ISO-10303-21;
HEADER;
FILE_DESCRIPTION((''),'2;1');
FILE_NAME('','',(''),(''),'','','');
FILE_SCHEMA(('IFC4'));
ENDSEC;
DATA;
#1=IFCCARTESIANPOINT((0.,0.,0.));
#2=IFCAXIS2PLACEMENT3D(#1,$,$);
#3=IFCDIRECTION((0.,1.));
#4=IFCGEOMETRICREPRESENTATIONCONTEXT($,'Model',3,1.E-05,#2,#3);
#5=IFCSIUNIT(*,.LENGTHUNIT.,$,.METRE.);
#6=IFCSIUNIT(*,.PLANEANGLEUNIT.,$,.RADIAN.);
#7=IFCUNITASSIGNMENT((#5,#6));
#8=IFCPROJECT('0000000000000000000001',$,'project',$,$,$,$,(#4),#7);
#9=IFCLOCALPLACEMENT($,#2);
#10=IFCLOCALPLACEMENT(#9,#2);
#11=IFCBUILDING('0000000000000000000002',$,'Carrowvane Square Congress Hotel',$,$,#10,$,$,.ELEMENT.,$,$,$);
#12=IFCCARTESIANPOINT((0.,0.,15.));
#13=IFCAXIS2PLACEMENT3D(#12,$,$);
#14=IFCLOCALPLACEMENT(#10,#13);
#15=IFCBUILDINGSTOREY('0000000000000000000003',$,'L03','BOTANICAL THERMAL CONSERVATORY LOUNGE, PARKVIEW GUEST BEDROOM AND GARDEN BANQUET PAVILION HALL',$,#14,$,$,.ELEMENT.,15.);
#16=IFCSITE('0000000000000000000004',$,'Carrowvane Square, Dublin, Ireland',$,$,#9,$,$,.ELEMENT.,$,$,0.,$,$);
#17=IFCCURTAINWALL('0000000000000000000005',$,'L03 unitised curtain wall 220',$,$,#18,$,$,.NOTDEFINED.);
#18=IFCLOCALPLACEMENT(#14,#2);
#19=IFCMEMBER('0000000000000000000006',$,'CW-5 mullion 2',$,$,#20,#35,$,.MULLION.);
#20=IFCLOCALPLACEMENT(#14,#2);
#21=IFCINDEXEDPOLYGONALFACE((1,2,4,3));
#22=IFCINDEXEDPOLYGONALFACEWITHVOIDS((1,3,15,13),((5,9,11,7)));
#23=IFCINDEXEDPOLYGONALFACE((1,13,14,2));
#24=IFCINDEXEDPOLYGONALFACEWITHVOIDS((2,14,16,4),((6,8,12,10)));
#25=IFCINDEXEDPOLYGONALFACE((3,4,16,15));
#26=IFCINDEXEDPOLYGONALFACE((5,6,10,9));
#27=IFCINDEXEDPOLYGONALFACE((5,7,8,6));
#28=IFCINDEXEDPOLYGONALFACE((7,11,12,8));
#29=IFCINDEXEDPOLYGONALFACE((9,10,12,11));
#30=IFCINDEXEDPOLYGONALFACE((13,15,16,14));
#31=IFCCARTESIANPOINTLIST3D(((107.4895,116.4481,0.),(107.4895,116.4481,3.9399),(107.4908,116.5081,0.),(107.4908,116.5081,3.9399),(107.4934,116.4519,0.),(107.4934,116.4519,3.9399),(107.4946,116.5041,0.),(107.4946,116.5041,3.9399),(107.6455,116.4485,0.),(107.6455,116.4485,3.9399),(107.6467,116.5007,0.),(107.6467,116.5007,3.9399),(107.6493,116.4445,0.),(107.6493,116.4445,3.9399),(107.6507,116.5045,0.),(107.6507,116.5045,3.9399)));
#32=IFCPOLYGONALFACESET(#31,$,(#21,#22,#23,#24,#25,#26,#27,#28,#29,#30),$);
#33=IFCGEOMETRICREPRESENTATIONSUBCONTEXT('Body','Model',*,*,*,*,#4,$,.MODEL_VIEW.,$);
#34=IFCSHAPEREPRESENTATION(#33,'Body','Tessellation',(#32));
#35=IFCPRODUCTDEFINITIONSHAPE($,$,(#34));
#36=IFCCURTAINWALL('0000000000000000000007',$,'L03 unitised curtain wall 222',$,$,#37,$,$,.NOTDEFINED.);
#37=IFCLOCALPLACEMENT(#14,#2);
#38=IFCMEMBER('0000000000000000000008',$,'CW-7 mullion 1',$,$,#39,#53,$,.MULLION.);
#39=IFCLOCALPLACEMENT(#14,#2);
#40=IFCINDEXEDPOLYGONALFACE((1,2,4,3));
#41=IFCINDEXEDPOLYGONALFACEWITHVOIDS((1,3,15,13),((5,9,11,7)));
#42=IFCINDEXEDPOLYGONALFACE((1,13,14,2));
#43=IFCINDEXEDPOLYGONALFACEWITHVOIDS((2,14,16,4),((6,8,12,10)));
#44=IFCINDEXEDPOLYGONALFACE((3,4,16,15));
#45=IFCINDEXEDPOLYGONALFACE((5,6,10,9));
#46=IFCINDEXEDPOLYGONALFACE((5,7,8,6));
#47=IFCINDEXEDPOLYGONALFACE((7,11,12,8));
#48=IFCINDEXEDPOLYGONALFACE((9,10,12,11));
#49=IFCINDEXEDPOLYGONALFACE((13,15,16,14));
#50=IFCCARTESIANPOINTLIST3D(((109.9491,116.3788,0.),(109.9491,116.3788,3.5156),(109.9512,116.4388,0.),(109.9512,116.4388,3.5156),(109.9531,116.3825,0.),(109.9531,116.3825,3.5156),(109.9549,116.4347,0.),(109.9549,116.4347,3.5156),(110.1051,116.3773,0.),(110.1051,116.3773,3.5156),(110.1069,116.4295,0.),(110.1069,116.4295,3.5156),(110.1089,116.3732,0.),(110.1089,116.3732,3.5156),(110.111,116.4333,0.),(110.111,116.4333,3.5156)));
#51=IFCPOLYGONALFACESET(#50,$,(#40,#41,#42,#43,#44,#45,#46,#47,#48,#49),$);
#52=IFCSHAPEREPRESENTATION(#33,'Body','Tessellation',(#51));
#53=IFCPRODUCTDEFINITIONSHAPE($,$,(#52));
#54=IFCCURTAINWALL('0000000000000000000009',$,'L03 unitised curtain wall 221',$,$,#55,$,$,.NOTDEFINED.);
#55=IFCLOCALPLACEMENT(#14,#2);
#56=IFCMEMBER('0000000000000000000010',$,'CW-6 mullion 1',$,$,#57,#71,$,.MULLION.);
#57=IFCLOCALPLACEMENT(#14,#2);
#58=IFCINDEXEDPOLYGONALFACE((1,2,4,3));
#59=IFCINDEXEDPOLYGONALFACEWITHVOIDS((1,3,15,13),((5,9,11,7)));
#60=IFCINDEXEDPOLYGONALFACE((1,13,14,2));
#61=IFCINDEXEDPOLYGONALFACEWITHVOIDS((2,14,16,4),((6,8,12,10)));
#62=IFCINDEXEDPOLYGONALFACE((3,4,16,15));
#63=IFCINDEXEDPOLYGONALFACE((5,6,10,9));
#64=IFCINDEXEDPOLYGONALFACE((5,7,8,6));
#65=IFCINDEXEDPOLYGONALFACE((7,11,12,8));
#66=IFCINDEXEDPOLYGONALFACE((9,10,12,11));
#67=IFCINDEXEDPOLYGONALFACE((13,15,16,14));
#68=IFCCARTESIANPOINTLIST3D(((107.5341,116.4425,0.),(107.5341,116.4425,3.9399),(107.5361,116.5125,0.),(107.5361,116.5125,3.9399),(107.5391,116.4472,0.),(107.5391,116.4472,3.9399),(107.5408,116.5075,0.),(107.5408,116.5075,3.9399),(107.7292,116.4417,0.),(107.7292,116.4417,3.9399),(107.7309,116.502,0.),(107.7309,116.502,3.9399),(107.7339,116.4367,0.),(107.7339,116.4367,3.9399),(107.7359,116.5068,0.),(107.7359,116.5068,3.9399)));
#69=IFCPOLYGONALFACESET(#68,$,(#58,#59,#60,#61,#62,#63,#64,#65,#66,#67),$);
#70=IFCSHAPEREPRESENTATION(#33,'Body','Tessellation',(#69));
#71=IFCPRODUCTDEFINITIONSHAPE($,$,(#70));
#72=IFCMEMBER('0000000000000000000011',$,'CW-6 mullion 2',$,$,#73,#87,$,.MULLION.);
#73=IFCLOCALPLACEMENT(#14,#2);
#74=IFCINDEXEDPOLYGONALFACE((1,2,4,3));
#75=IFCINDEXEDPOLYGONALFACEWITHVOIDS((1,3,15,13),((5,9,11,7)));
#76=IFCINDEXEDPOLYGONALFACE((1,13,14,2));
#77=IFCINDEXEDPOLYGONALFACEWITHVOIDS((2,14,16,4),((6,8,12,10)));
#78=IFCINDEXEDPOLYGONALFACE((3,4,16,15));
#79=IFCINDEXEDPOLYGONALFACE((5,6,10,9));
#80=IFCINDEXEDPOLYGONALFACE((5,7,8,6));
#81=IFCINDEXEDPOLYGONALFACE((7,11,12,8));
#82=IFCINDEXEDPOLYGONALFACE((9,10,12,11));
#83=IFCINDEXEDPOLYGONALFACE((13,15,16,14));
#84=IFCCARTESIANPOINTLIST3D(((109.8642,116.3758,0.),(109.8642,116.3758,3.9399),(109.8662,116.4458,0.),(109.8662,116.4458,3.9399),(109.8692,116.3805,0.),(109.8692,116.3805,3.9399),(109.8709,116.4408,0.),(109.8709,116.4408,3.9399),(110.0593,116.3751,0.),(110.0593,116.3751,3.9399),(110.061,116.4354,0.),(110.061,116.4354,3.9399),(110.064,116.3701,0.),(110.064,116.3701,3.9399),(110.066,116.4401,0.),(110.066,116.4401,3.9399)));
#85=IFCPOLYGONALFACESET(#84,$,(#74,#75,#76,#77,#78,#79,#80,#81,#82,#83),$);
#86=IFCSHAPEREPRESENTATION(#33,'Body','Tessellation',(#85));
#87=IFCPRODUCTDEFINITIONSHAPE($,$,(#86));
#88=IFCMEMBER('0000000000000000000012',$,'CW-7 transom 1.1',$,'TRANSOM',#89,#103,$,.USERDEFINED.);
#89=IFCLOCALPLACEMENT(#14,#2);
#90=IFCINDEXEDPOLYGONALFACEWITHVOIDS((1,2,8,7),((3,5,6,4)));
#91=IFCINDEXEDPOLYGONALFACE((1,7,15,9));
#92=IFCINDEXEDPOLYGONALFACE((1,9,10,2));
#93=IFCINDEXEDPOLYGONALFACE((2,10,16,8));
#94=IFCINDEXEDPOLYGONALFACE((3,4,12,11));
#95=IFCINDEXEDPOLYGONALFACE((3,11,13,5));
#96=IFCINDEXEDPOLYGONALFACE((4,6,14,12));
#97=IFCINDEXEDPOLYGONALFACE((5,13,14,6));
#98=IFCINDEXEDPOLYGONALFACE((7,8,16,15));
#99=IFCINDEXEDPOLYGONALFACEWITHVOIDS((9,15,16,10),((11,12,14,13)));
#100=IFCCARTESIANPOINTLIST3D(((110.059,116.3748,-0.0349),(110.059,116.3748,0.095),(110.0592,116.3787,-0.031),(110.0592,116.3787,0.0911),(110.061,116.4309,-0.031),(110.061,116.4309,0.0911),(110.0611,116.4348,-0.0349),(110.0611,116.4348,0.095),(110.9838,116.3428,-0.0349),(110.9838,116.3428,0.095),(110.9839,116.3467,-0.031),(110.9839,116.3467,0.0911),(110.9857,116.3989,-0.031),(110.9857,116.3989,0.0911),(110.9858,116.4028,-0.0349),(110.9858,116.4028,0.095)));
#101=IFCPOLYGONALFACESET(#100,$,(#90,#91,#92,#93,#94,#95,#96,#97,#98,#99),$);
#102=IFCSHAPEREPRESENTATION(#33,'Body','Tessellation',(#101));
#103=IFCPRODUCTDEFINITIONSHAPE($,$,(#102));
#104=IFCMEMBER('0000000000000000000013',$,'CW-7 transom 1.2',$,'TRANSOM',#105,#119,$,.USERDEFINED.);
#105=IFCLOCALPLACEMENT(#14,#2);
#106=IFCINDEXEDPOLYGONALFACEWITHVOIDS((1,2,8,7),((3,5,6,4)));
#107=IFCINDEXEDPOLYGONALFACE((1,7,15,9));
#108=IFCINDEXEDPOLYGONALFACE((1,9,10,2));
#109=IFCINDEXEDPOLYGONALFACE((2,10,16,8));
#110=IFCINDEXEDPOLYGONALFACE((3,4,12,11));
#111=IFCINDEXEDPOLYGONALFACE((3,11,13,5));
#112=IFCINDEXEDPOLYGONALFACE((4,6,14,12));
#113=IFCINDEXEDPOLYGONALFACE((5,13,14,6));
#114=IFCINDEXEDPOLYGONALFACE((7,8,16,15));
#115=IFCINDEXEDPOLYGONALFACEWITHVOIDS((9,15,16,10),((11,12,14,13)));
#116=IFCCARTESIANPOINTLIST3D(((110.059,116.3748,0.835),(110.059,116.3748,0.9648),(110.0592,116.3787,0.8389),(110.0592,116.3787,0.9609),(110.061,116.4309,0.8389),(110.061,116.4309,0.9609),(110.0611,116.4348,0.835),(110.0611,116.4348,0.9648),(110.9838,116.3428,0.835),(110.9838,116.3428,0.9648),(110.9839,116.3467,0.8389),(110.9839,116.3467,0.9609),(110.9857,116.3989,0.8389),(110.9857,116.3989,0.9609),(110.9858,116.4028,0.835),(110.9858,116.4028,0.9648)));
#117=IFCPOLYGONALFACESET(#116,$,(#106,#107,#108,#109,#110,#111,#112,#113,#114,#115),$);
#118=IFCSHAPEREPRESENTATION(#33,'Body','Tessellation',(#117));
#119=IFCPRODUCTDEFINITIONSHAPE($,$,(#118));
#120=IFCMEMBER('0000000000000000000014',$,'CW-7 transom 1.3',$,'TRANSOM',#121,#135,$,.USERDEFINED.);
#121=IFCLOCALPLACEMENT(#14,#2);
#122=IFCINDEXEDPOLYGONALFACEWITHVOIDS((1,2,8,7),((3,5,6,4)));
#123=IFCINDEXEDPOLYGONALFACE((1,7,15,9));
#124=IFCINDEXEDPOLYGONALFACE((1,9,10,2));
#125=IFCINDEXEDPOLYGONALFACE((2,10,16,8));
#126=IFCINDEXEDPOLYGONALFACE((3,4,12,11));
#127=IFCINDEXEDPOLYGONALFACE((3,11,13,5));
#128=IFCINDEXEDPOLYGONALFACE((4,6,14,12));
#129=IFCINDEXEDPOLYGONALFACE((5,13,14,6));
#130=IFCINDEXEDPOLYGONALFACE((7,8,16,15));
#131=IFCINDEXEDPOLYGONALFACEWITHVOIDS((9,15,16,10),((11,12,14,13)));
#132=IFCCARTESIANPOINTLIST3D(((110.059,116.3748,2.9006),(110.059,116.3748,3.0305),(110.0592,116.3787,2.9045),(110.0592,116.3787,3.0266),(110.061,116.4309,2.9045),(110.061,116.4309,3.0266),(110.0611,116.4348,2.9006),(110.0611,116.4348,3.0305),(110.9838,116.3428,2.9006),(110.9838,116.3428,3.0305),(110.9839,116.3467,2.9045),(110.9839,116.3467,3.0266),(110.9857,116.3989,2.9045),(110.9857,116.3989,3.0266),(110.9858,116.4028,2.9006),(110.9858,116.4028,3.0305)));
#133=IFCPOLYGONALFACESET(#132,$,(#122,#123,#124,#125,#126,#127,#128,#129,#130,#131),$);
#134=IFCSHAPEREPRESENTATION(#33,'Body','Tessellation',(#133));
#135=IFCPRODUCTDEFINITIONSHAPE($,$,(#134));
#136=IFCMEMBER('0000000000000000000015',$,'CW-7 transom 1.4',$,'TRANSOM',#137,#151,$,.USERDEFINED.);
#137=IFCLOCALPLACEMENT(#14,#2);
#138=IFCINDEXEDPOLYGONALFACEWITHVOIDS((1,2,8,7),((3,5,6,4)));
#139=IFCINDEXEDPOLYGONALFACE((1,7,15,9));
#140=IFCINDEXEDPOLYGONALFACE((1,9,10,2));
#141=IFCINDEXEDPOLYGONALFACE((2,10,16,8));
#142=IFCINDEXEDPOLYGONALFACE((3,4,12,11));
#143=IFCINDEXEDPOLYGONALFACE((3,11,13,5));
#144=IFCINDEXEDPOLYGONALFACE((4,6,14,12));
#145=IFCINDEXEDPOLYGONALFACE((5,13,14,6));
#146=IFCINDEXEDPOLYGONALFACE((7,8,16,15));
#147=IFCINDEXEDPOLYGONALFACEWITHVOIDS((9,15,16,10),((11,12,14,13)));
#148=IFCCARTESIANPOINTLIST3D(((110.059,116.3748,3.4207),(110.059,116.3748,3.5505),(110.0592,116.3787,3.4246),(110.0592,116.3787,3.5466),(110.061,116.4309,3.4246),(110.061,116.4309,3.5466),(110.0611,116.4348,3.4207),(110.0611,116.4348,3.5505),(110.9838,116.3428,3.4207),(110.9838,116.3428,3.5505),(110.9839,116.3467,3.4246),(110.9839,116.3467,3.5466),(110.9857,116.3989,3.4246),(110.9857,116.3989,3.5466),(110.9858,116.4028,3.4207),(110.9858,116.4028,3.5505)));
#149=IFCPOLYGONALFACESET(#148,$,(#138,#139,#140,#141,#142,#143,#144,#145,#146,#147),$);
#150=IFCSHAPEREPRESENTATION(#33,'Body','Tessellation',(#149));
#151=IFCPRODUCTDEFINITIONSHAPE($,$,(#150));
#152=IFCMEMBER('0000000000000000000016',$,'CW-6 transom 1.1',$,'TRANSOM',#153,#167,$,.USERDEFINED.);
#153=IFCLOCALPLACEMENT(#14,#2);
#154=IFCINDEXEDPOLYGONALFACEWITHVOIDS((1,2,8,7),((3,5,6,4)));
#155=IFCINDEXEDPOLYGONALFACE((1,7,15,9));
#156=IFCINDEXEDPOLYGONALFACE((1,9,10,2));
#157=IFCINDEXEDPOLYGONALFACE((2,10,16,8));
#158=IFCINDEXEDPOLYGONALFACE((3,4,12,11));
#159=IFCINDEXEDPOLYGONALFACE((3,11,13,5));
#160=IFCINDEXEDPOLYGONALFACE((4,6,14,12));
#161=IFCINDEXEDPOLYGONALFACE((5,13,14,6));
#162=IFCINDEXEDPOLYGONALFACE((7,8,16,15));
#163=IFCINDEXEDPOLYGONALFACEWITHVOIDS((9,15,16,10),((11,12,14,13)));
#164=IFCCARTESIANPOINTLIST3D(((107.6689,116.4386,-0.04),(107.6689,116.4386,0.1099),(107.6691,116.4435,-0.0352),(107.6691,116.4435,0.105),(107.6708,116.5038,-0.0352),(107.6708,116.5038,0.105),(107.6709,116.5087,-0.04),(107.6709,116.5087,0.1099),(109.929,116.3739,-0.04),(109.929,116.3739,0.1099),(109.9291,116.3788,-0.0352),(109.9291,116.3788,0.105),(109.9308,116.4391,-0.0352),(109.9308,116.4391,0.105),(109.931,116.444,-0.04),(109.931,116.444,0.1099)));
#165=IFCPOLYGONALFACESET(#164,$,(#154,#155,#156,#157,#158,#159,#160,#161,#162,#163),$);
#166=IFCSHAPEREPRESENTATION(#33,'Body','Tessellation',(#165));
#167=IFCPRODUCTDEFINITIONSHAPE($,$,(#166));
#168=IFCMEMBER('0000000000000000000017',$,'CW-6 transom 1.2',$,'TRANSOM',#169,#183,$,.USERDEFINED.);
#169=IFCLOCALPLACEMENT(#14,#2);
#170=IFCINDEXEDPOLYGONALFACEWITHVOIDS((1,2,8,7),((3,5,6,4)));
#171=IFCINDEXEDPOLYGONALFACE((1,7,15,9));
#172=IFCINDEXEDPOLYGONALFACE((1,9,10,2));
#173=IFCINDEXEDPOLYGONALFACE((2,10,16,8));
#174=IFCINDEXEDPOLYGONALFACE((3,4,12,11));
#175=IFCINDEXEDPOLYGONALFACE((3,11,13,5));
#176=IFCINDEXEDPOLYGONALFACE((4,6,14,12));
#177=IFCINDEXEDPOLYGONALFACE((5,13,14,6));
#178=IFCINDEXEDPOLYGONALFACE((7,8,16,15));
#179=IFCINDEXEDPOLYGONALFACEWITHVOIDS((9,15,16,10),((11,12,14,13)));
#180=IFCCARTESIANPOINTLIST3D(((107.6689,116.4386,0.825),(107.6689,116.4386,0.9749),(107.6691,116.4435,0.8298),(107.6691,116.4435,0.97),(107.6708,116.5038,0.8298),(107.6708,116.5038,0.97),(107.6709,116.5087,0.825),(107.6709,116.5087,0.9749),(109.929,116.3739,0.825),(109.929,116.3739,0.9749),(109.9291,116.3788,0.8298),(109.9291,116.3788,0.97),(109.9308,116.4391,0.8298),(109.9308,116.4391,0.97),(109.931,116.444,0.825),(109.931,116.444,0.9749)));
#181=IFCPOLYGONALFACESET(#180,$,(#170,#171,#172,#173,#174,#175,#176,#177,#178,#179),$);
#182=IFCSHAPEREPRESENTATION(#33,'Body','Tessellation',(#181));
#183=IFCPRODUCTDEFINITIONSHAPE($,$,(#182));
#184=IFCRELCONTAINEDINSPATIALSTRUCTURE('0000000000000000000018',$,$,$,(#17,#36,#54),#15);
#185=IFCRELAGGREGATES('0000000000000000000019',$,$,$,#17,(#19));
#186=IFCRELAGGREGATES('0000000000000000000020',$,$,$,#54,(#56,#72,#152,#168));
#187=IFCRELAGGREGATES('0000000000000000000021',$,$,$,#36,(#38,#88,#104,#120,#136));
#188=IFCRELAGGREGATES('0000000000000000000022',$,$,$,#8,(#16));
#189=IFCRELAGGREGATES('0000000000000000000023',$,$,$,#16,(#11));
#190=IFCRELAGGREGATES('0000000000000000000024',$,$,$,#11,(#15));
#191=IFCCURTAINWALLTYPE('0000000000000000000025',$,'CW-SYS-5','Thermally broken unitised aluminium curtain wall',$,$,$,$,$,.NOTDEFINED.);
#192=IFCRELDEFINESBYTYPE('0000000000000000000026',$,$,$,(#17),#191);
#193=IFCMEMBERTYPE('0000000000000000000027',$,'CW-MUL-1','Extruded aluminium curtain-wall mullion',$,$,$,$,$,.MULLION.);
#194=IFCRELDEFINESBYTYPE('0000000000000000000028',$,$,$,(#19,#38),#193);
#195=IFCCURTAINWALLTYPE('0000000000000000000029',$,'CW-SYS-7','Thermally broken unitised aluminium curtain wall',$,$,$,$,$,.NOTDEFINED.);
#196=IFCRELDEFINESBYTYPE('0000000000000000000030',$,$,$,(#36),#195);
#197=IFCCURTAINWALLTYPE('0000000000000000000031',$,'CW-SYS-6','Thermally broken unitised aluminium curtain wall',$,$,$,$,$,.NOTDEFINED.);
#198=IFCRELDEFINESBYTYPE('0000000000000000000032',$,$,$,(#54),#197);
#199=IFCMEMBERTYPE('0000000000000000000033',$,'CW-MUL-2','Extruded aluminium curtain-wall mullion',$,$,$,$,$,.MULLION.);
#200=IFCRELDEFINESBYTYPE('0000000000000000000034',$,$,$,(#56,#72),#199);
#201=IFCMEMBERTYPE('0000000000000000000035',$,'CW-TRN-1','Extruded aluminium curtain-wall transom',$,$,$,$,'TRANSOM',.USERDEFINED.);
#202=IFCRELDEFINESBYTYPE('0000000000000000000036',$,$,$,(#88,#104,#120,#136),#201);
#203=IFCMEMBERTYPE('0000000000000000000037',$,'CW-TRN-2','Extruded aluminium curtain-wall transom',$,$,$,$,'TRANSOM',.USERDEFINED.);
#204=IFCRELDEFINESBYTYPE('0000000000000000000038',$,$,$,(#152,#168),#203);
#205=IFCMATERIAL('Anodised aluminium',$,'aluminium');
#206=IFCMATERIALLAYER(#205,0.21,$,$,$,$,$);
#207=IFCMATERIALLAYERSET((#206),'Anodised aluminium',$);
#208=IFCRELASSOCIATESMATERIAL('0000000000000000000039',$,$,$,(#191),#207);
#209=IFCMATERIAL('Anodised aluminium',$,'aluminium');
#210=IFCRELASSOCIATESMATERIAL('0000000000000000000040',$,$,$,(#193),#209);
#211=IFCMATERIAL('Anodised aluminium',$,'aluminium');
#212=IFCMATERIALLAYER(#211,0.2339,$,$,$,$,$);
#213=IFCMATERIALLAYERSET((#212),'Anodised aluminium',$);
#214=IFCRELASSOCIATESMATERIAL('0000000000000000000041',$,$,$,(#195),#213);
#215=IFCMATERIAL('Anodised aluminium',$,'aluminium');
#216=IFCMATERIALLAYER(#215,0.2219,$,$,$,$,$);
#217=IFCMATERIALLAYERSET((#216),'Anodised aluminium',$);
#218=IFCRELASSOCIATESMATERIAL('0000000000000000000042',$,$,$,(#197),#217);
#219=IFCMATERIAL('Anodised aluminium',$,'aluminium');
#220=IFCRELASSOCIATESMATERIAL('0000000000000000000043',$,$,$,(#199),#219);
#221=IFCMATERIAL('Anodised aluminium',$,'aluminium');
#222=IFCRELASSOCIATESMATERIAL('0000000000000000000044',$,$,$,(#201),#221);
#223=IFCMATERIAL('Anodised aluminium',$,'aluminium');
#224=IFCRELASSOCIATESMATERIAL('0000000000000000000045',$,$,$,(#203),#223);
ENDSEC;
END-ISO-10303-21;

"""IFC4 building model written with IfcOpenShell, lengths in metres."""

from ifc_helpers import new_model, si_unit, direction, frame, origin, origin_2d, place, context, subcontext, project, spatial, hollow_rectangle, extrude, material, layer, layer_set, material_profile, profile_set, type_object, element, aggregate, save


model = new_model("IFC4")

# Units and contexts
model_context = context("Model", 3, precision=1e-05, world=origin(), true_north=direction((0.0, 1.0)))
body_context = subcontext(model_context, "Body", "Model", "MODEL_VIEW")
ifc_project = project(units=[si_unit("LENGTHUNIT", "METRE"), si_unit("PLANEANGLEUNIT", "RADIAN")], contexts=[model_context])

# Site, building, storey
site_placement = place(None, origin())
site = spatial("IfcSite", under=ifc_project, at=site_placement, Name="Carrowvane Square, Dublin, Ireland", CompositionType="ELEMENT", RefElevation=0.0)
building_placement = place(site_placement, origin())
building = spatial("IfcBuilding", under=site, at=building_placement, Name="Carrowvane Square Congress Hotel", CompositionType="ELEMENT")
storey_placement = place(building_placement, frame((0.0, 0.0, 15.0)))
storey = spatial("IfcBuildingStorey", under=building, at=storey_placement, Name="L03", Description="BOTANICAL THERMAL CONSERVATORY LOUNGE, PARKVIEW GUEST BEDROOM AND GARDEN BANQUET PAVILION HALL", CompositionType="ELEMENT", Elevation=15.0)

# Curtain walls, members
ifc_material_1 = material(Name="Anodised aluminium", Category="aluminium")
ifc_layer_1 = layer(ifc_material_1, 0.21)
ifc_layer_set_1 = layer_set([ifc_layer_1], Name="Anodised aluminium")
curtain_wall_type_1 = type_object("IfcCurtainWallType", Name="CW-SYS-5", Description="Thermally broken unitised aluminium curtain wall", PredefinedType="NOTDEFINED", material=ifc_layer_set_1)
curtain_wall_1_placement = place(storey_placement, origin())
curtain_wall_1 = element("IfcCurtainWall", 1, at=curtain_wall_1_placement, inside=storey, type_object=curtain_wall_type_1, Name="L03 unitised curtain wall 220", PredefinedType="NOTDEFINED")
ifc_material_2 = material(Name="Anodised aluminium", Category="aluminium")
ifc_material_profile_1 = material_profile(ifc_material_2, hollow_rectangle(XDim=0.0601, YDim=0.1599, WallThickness=0.0039, at=origin_2d()), Name="CW-ML 60x160x4")
ifc_profile_set_1 = profile_set([ifc_material_profile_1], Name="Anodised aluminium")
member_type_1 = type_object("IfcMemberType", Name="CW-MUL-1", Description="Extruded aluminium curtain-wall mullion", PredefinedType="MULLION", material=ifc_profile_set_1)
member_1_placement = place(storey_placement, frame((107.5701, 116.4763, 0.0), z_axis=(0.0, 0.0, 1.0), x_axis=(0.022518, 0.999746, 0.0)))
member_1 = element("IfcMember", 2, at=member_1_placement, type_object=member_type_1, Name="CW-5 mullion 2", PredefinedType="MULLION", context=body_context, shape_type="SweptSolid", body=[
    extrude(hollow_rectangle(XDim=0.0601, YDim=0.1599, WallThickness=0.0039, at=origin_2d()), origin(), (0.0, 0.0, 1.0), 3.9399),
])
ifc_material_3 = material(Name="Anodised aluminium", Category="aluminium")
ifc_layer_2 = layer(ifc_material_3, 0.2339)
ifc_layer_set_2 = layer_set([ifc_layer_2], Name="Anodised aluminium")
curtain_wall_type_2 = type_object("IfcCurtainWallType", Name="CW-SYS-7", Description="Thermally broken unitised aluminium curtain wall", PredefinedType="NOTDEFINED", material=ifc_layer_set_2)
curtain_wall_2_placement = place(storey_placement, origin())
curtain_wall_2 = element("IfcCurtainWall", 3, at=curtain_wall_2_placement, inside=storey, type_object=curtain_wall_type_2, Name="L03 unitised curtain wall 222", PredefinedType="NOTDEFINED")
member_2_placement = place(storey_placement, frame((110.03, 116.406, 0.0), z_axis=(0.0, 0.0, 1.0), x_axis=(0.03453, 0.999404, 0.0)))
member_2 = element("IfcMember", 4, at=member_2_placement, type_object=member_type_1, Name="CW-7 mullion 1", PredefinedType="MULLION", context=body_context, shape_type="SweptSolid", body=[
    extrude(hollow_rectangle(XDim=0.0601, YDim=0.1599, WallThickness=0.0039, at=origin_2d()), origin(), (0.0, 0.0, 1.0), 3.5156),
])

# Curtain wall, members
ifc_material_4 = material(Name="Anodised aluminium", Category="aluminium")
ifc_layer_3 = layer(ifc_material_4, 0.2219)
ifc_layer_set_3 = layer_set([ifc_layer_3], Name="Anodised aluminium")
curtain_wall_type_3 = type_object("IfcCurtainWallType", Name="CW-SYS-6", Description="Thermally broken unitised aluminium curtain wall", PredefinedType="NOTDEFINED", material=ifc_layer_set_3)
curtain_wall_3_placement = place(storey_placement, origin())
curtain_wall_3 = element("IfcCurtainWall", 5, at=curtain_wall_3_placement, inside=storey, type_object=curtain_wall_type_3, Name="L03 unitised curtain wall 221", PredefinedType="NOTDEFINED")
ifc_material_5 = material(Name="Anodised aluminium", Category="aluminium")
ifc_material_profile_2 = material_profile(ifc_material_5, hollow_rectangle(XDim=0.0701, YDim=0.2, WallThickness=0.0049, at=origin_2d()), Name="CW-ML 70x200x5")
ifc_profile_set_2 = profile_set([ifc_material_profile_2], Name="Anodised aluminium")
member_type_2 = type_object("IfcMemberType", Name="CW-MUL-2", Description="Extruded aluminium curtain-wall mullion", PredefinedType="MULLION", material=ifc_profile_set_2)
member_3_placement = place(storey_placement, frame((107.635, 116.4746, 0.0), z_axis=(0.0, 0.0, 1.0), x_axis=(0.028638, 0.99959, 0.0)))
member_3 = element("IfcMember", 6, at=member_3_placement, type_object=member_type_2, Name="CW-6 mullion 1", PredefinedType="MULLION", context=body_context, shape_type="SweptSolid", body=[
    extrude(hollow_rectangle(XDim=0.0701, YDim=0.2, WallThickness=0.0049, at=origin_2d()), origin(), (0.0, 0.0, 1.0), 3.9399),
])
member_4_placement = place(storey_placement, frame((109.9651, 116.408, 0.0), z_axis=(0.0, 0.0, 1.0), x_axis=(0.028638, 0.99959, 0.0)))
member_4 = element("IfcMember", 7, at=member_4_placement, type_object=member_type_2, Name="CW-6 mullion 2", PredefinedType="MULLION", context=body_context, shape_type="SweptSolid", body=[
    extrude(hollow_rectangle(XDim=0.0701, YDim=0.2, WallThickness=0.0049, at=origin_2d()), origin(), (0.0, 0.0, 1.0), 3.9399),
])

# Members
ifc_material_6 = material(Name="Anodised aluminium", Category="aluminium")
ifc_material_profile_3 = material_profile(ifc_material_6, hollow_rectangle(XDim=0.0601, YDim=0.1299, WallThickness=0.0039, at=origin_2d()), Name="CW-TR 60x130x4")
ifc_profile_set_3 = profile_set([ifc_material_profile_3], Name="Anodised aluminium")
member_type_3 = type_object("IfcMemberType", Name="CW-TRN-1", Description="Extruded aluminium curtain-wall transom", ElementType="TRANSOM", PredefinedType="USERDEFINED", material=ifc_profile_set_3)
member_5_placement = place(storey_placement, frame((110.0601, 116.4048, 0.03), z_axis=(0.999403, -0.034562, 0.0), x_axis=(0.034562, 0.999403, 0.0)))
member_5 = element("IfcMember", 8, at=member_5_placement, type_object=member_type_3, Name="CW-7 transom 1.1", ObjectType="TRANSOM", PredefinedType="USERDEFINED", context=body_context, shape_type="SweptSolid", body=[
    extrude(hollow_rectangle(XDim=0.0601, YDim=0.1299, WallThickness=0.0039, at=origin_2d()), origin(), (0.0, 0.0, 1.0), 0.9253),
])
member_6_placement = place(storey_placement, frame((110.0601, 116.4048, 0.8999), z_axis=(0.999403, -0.034562, 0.0), x_axis=(0.034562, 0.999403, 0.0)))
member_6 = element("IfcMember", 9, at=member_6_placement, type_object=member_type_3, Name="CW-7 transom 1.2", ObjectType="TRANSOM", PredefinedType="USERDEFINED", context=body_context, shape_type="SweptSolid", body=[
    extrude(hollow_rectangle(XDim=0.0601, YDim=0.1299, WallThickness=0.0039, at=origin_2d()), origin(), (0.0, 0.0, 1.0), 0.9253),
])
member_7_placement = place(storey_placement, frame((110.0601, 116.4048, 2.9656), z_axis=(0.999403, -0.034562, 0.0), x_axis=(0.034562, 0.999403, 0.0)))
member_7 = element("IfcMember", 10, at=member_7_placement, type_object=member_type_3, Name="CW-7 transom 1.3", ObjectType="TRANSOM", PredefinedType="USERDEFINED", context=body_context, shape_type="SweptSolid", body=[
    extrude(hollow_rectangle(XDim=0.0601, YDim=0.1299, WallThickness=0.0039, at=origin_2d()), origin(), (0.0, 0.0, 1.0), 0.9253),
])
member_8_placement = place(storey_placement, frame((110.0601, 116.4048, 3.4856), z_axis=(0.999403, -0.034562, 0.0), x_axis=(0.034562, 0.999403, 0.0)))
member_8 = element("IfcMember", 11, at=member_8_placement, type_object=member_type_3, Name="CW-7 transom 1.4", ObjectType="TRANSOM", PredefinedType="USERDEFINED", context=body_context, shape_type="SweptSolid", body=[
    extrude(hollow_rectangle(XDim=0.0601, YDim=0.1299, WallThickness=0.0039, at=origin_2d()), origin(), (0.0, 0.0, 1.0), 0.9253),
])
ifc_material_7 = material(Name="Anodised aluminium", Category="aluminium")
ifc_material_profile_4 = material_profile(ifc_material_7, hollow_rectangle(XDim=0.0701, YDim=0.1499, WallThickness=0.0049, at=origin_2d()), Name="CW-TR 70x150x5")
ifc_profile_set_4 = profile_set([ifc_material_profile_4], Name="Anodised aluminium")
member_type_4 = type_object("IfcMemberType", Name="CW-TRN-2", Description="Extruded aluminium curtain-wall transom", ElementType="TRANSOM", PredefinedType="USERDEFINED", material=ifc_profile_set_4)
member_9_placement = place(storey_placement, frame((107.6699, 116.4736, 0.0349), z_axis=(0.99959, -0.028615, 0.0), x_axis=(0.028615, 0.99959, 0.0)))
member_9 = element("IfcMember", 12, at=member_9_placement, type_object=member_type_4, Name="CW-6 transom 1.1", ObjectType="TRANSOM", PredefinedType="USERDEFINED", context=body_context, shape_type="SweptSolid", body=[
    extrude(hollow_rectangle(XDim=0.0701, YDim=0.1499, WallThickness=0.0049, at=origin_2d()), origin(), (0.0, 0.0, 1.0), 2.261),
])
member_10_placement = place(storey_placement, frame((107.6699, 116.4736, 0.8999), z_axis=(0.99959, -0.028615, 0.0), x_axis=(0.028615, 0.99959, 0.0)))
member_10 = element("IfcMember", 13, at=member_10_placement, type_object=member_type_4, Name="CW-6 transom 1.2", ObjectType="TRANSOM", PredefinedType="USERDEFINED", context=body_context, shape_type="SweptSolid", body=[
    extrude(hollow_rectangle(XDim=0.0701, YDim=0.1499, WallThickness=0.0049, at=origin_2d()), origin(), (0.0, 0.0, 1.0), 2.261),
])

aggregate(curtain_wall_1, [member_1])
aggregate(curtain_wall_3, [member_3, member_4, member_9, member_10])
aggregate(curtain_wall_2, [member_2, member_5, member_6, member_7, member_8])

save(model, "model.ifc")
